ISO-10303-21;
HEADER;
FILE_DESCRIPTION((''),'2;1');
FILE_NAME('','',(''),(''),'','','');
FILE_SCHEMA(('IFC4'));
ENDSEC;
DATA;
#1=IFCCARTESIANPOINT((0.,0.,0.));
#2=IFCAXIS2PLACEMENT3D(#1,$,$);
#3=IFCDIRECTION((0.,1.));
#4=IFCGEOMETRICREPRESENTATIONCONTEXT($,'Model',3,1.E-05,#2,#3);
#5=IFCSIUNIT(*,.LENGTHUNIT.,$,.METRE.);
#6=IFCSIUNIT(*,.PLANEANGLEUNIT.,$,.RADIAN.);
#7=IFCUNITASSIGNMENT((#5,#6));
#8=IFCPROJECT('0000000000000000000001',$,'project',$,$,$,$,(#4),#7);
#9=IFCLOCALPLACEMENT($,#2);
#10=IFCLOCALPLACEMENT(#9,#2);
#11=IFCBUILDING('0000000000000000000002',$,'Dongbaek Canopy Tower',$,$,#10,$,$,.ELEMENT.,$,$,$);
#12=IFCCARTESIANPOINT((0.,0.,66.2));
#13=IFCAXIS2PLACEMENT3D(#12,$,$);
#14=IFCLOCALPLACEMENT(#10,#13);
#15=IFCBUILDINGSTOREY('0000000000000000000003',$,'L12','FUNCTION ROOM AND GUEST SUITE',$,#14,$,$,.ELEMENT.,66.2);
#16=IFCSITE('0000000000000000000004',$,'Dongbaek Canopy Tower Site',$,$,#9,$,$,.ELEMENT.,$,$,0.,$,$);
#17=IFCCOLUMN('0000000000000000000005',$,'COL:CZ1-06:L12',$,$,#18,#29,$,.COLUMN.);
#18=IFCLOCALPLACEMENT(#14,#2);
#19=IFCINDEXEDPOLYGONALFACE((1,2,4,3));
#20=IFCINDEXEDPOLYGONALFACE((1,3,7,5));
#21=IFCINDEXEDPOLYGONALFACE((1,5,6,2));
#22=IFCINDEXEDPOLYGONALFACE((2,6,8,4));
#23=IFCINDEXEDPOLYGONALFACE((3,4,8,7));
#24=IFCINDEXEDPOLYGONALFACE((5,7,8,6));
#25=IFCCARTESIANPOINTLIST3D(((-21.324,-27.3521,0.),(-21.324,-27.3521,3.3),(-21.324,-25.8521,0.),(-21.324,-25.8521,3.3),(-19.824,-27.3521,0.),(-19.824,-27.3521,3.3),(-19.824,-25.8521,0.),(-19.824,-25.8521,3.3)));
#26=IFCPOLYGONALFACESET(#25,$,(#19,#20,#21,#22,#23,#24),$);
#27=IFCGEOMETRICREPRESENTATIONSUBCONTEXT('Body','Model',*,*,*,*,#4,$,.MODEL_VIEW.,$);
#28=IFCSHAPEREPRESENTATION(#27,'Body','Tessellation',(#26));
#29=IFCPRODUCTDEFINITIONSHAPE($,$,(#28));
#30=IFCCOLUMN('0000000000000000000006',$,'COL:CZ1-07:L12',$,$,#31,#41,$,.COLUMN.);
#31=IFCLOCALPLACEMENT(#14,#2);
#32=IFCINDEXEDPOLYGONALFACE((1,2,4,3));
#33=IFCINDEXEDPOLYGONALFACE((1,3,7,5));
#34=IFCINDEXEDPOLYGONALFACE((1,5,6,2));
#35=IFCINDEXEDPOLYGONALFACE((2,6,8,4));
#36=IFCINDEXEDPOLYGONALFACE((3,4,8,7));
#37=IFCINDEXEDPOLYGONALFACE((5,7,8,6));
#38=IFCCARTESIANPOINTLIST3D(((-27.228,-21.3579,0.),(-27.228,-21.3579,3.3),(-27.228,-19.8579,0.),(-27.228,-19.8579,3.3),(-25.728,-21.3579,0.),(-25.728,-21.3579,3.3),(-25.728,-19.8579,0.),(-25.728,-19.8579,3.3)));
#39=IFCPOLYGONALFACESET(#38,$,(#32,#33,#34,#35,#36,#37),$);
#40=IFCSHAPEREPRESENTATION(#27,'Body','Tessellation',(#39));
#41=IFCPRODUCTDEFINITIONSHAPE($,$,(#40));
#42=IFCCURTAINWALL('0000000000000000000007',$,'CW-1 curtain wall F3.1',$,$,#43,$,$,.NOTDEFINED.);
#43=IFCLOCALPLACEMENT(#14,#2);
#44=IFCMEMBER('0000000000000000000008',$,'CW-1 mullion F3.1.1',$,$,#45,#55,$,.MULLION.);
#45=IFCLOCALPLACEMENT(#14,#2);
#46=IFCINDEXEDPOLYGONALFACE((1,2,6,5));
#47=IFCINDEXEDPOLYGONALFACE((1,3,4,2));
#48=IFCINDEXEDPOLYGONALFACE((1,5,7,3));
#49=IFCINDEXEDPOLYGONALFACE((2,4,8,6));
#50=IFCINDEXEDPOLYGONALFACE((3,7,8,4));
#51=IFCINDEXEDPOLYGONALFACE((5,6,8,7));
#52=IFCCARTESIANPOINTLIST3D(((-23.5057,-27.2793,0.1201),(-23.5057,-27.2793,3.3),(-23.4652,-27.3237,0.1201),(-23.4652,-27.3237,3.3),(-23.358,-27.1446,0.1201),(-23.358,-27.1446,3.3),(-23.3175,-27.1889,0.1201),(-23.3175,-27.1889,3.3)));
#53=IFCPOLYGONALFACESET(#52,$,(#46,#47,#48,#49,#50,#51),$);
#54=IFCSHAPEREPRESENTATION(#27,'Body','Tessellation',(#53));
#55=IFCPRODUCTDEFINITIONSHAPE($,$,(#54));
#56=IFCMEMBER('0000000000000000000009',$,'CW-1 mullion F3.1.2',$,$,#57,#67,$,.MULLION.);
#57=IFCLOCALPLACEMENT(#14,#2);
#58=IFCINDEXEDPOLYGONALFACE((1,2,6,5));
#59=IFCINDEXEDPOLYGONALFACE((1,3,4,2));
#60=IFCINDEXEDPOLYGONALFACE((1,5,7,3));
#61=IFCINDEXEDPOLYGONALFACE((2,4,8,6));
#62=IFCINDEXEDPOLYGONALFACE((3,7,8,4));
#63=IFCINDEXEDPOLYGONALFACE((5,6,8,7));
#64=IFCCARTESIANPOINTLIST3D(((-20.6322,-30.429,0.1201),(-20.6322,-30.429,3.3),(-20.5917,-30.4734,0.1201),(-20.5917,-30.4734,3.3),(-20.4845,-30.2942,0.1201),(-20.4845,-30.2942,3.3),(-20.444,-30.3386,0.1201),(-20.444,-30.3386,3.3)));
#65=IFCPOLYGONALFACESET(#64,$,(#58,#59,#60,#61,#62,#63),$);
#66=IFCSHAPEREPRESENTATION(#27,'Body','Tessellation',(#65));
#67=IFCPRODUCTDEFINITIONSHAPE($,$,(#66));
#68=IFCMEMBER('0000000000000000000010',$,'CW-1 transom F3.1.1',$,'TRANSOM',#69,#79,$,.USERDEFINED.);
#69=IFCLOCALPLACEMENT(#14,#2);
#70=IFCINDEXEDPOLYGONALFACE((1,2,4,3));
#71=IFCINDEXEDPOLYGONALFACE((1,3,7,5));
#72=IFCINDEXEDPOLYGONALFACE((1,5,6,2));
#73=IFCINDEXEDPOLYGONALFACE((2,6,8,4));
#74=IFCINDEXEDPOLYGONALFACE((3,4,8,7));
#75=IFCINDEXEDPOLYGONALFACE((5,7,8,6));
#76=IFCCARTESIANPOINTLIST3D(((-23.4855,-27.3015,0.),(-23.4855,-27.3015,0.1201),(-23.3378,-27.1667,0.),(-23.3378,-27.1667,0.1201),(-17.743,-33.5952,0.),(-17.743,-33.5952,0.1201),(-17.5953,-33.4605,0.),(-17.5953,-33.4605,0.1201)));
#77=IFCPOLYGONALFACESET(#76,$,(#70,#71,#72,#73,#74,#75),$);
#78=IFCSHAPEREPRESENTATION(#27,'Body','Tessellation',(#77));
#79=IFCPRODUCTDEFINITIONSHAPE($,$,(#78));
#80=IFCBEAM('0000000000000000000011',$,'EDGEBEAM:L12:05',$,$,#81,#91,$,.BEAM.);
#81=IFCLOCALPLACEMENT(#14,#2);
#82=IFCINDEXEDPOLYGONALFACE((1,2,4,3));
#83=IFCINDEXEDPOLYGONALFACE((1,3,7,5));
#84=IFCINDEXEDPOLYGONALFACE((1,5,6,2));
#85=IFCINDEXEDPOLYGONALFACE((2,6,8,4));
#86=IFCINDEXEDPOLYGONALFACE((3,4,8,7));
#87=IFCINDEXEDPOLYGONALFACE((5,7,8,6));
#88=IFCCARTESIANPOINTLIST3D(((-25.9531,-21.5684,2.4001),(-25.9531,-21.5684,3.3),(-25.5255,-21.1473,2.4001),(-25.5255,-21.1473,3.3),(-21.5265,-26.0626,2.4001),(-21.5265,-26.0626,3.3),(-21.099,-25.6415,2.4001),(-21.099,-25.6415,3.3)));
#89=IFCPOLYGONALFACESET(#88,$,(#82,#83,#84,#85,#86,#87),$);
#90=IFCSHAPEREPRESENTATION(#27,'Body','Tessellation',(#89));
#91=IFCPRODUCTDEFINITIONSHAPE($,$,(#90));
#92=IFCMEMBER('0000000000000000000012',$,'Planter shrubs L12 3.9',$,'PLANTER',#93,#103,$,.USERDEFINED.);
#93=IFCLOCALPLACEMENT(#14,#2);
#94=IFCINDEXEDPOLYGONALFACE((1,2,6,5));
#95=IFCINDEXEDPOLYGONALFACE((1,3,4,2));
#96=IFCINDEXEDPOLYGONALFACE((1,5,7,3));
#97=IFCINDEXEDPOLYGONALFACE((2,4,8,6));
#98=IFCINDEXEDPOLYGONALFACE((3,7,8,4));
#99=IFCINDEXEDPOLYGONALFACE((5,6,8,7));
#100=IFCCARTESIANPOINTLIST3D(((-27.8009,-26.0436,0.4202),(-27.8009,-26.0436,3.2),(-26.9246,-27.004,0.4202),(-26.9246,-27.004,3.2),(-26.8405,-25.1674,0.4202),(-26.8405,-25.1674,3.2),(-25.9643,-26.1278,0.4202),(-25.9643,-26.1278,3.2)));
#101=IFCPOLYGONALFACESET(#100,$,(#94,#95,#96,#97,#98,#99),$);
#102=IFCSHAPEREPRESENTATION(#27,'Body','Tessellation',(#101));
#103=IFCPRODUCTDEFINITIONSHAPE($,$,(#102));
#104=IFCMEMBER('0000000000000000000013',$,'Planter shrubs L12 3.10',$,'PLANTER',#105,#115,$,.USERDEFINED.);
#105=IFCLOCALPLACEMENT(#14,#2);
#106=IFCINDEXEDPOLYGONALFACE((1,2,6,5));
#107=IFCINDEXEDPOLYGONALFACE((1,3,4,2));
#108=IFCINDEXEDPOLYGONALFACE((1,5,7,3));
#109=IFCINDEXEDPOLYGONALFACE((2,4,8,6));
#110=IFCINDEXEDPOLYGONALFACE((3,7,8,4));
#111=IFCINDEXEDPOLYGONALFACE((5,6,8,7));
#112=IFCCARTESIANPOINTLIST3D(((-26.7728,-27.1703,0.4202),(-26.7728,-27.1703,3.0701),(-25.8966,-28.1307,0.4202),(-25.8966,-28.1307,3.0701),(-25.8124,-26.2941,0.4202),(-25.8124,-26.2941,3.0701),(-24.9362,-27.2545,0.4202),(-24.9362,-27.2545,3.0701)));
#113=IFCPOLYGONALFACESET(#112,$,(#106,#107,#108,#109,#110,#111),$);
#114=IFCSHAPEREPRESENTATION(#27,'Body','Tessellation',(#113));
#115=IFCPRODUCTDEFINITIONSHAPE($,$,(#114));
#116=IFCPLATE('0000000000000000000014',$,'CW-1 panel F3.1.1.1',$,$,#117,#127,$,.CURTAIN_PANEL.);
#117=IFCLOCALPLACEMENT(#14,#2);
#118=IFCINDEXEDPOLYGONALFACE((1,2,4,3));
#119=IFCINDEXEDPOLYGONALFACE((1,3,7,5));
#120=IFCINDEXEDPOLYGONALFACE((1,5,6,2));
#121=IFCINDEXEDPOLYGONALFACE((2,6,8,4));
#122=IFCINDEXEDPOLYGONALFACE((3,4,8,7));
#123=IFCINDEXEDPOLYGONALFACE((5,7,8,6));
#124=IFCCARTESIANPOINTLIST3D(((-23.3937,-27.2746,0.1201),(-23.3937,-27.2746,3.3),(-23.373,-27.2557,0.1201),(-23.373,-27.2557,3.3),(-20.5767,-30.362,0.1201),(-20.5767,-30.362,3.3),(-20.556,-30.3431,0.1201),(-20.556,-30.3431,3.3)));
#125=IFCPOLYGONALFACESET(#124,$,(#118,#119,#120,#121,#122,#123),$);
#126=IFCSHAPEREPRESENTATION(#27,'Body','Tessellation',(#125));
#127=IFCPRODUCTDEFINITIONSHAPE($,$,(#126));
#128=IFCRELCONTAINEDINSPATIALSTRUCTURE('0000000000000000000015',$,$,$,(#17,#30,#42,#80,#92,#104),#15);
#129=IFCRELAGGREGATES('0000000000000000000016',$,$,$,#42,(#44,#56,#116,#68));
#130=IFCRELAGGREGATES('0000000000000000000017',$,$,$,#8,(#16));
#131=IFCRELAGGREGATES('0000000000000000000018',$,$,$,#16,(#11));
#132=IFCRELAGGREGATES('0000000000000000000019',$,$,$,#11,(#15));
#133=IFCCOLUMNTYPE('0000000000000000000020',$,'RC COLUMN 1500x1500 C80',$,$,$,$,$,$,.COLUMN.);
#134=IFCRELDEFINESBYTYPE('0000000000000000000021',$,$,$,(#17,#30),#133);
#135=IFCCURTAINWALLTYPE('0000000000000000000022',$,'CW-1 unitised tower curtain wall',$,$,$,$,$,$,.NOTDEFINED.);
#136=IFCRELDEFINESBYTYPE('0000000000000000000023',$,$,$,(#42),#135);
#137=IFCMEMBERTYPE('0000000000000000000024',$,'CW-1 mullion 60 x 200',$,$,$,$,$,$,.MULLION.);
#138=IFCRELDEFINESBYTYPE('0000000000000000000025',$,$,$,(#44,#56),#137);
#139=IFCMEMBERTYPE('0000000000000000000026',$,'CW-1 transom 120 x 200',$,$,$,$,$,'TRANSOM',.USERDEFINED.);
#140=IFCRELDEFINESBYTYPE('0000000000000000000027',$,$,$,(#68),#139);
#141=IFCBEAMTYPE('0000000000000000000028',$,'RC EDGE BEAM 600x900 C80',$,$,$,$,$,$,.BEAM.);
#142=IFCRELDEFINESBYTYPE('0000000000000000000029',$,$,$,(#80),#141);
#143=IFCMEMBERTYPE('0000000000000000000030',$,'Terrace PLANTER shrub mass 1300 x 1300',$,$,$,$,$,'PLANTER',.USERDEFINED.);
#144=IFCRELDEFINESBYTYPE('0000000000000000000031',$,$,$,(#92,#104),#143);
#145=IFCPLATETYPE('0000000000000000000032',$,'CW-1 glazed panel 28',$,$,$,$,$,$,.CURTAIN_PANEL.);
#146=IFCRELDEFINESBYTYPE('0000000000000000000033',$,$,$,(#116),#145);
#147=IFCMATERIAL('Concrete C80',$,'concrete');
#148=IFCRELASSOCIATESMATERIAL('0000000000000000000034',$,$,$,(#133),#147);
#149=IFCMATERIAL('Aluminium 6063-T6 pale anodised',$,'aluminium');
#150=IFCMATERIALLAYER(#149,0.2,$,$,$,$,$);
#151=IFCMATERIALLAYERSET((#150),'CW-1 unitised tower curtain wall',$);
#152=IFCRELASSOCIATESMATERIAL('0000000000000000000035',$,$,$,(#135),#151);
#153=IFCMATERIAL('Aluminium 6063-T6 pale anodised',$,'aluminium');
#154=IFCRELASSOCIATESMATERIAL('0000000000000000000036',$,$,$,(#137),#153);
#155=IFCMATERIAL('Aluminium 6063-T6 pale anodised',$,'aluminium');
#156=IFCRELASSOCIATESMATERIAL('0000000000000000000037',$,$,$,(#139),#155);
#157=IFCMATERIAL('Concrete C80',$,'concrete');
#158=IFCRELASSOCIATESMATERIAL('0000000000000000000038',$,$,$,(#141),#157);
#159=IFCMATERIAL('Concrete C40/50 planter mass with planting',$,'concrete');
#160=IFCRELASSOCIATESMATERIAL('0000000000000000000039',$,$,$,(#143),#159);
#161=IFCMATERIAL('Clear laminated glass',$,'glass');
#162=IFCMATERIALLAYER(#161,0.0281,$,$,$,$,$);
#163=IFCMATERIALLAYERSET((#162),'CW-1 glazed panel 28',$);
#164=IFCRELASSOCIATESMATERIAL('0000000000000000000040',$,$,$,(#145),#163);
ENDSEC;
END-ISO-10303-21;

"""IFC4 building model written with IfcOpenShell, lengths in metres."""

from ifc_helpers import new_model, si_unit, direction, frame, origin, origin_2d, place, context, subcontext, project, spatial, rectangle, extrude, material, layer, layer_set, material_profile, profile_set, type_object, element, aggregate, save


model = new_model("IFC4")

# Units and contexts
model_context = context("Model", 3, precision=1e-05, world=origin(), true_north=direction((0.0, 1.0)))
body_context = subcontext(model_context, "Body", "Model", "MODEL_VIEW")
ifc_project = project(units=[si_unit("LENGTHUNIT", "METRE"), si_unit("PLANEANGLEUNIT", "RADIAN")], contexts=[model_context])

# Site, building, storey
site_placement = place(None, origin())
site = spatial("IfcSite", under=ifc_project, at=site_placement, Name="Dongbaek Canopy Tower Site", CompositionType="ELEMENT", RefElevation=0.0)
building_placement = place(site_placement, origin())
building = spatial("IfcBuilding", under=site, at=building_placement, Name="Dongbaek Canopy Tower", CompositionType="ELEMENT")
storey_placement = place(building_placement, frame((0.0, 0.0, 66.2)))
storey = spatial("IfcBuildingStorey", under=building, at=storey_placement, Name="L12", Description="FUNCTION ROOM AND GUEST SUITE", CompositionType="ELEMENT", Elevation=66.2)

# Columns
ifc_material_1 = material(Name="Concrete C80", Category="concrete")
ifc_material_profile_1 = material_profile(ifc_material_1, rectangle(XDim=1.5, YDim=1.5, at=origin_2d()), Name="RC COLUMN 1500x1500 C80")
ifc_profile_set_1 = profile_set([ifc_material_profile_1], Name="Concrete C80")
column_type = type_object("IfcColumnType", Name="RC COLUMN 1500x1500 C80", PredefinedType="COLUMN", material=ifc_profile_set_1)
for number, where, z_axis, x_axis, name in (
    (1, (-20.574, -26.6021, 0.0), (0.0, 0.0, 1.0), (1.0, 0.0, 0.0), "COL:CZ1-06:L12"),
    (2, (-26.478, -20.6079, 0.0), (0.0, 0.0, 1.0), (1.0, 0.0, 0.0), "COL:CZ1-07:L12"),
):
    element("IfcColumn", number, at=place(storey_placement, frame(where, z_axis=z_axis, x_axis=x_axis)), inside=storey, type_object=column_type, Name=name, PredefinedType="COLUMN", context=body_context, shape_type="SweptSolid", body=[
        extrude(rectangle(XDim=1.5, YDim=1.5, at=origin_2d()), origin(), (0.0, 0.0, 1.0), 3.3),
    ])

# Curtain wall, members
ifc_material_2 = material(Name="Aluminium 6063-T6 pale anodised", Category="aluminium")
ifc_layer_1 = layer(ifc_material_2, 0.2)
ifc_layer_set_1 = layer_set([ifc_layer_1], Name="CW-1 unitised tower curtain wall")
curtain_wall_type = type_object("IfcCurtainWallType", Name="CW-1 unitised tower curtain wall", PredefinedType="NOTDEFINED", material=ifc_layer_set_1)
curtain_wall_placement = place(storey_placement, origin())
curtain_wall = element("IfcCurtainWall", 3, at=curtain_wall_placement, inside=storey, type_object=curtain_wall_type, Name="CW-1 curtain wall F3.1", PredefinedType="NOTDEFINED")
ifc_material_3 = material(Name="Aluminium 6063-T6 pale anodised", Category="aluminium")
ifc_material_profile_2 = material_profile(ifc_material_3, rectangle(XDim=0.2, YDim=0.0601, at=origin_2d()), Name="CW-1 mullion 60 x 200")
ifc_profile_set_2 = profile_set([ifc_material_profile_2], Name="Aluminium 6063-T6 pale anodised")
member_type_1 = type_object("IfcMemberType", Name="CW-1 mullion 60 x 200", PredefinedType="MULLION", material=ifc_profile_set_2)
member_1_placement = place(storey_placement, frame((-23.4116, -27.2341, 0.1201), z_axis=(0.0, 0.0, 1.0), x_axis=(-0.73872, -0.674012, 0.0)))
member_1 = element("IfcMember", 4, at=member_1_placement, type_object=member_type_1, Name="CW-1 mullion F3.1.1", PredefinedType="MULLION", context=body_context, shape_type="SweptSolid", body=[
    extrude(rectangle(XDim=0.2, YDim=0.0601, at=origin_2d()), origin(), (0.0, 0.0, 1.0), 3.1799),
])
member_2_placement = place(storey_placement, frame((-20.5381, -30.3838, 0.1201), z_axis=(0.0, 0.0, 1.0), x_axis=(-0.73872, -0.674012, 0.0)))
member_2 = element("IfcMember", 5, at=member_2_placement, type_object=member_type_1, Name="CW-1 mullion F3.1.2", PredefinedType="MULLION", context=body_context, shape_type="SweptSolid", body=[
    extrude(rectangle(XDim=0.2, YDim=0.0601, at=origin_2d()), origin(), (0.0, 0.0, 1.0), 3.1799),
])
ifc_material_4 = material(Name="Aluminium 6063-T6 pale anodised", Category="aluminium")
ifc_material_profile_3 = material_profile(ifc_material_4, rectangle(XDim=0.2, YDim=0.1201, at=origin_2d()), Name="CW-1 transom 120 x 200")
ifc_profile_set_3 = profile_set([ifc_material_profile_3], Name="Aluminium 6063-T6 pale anodised")
member_type_2 = type_object("IfcMemberType", Name="CW-1 transom 120 x 200", ElementType="TRANSOM", PredefinedType="USERDEFINED", material=ifc_profile_set_3)
member_3_placement = place(storey_placement, frame((-23.4116, -27.2341, 0.0601), z_axis=(0.674014, -0.738719, 0.0), x_axis=(0.738719, 0.674014, 0.0)))
member_3 = element("IfcMember", 6, at=member_3_placement, type_object=member_type_2, Name="CW-1 transom F3.1.1", ObjectType="TRANSOM", PredefinedType="USERDEFINED", context=body_context, shape_type="SweptSolid", body=[
    extrude(rectangle(XDim=0.2, YDim=0.1201, at=origin_2d()), origin(), (0.0, 0.0, 1.0), 8.5198),
])

# Beam
ifc_material_5 = material(Name="Concrete C80", Category="concrete")
ifc_material_profile_4 = material_profile(ifc_material_5, rectangle(XDim=0.6001, YDim=0.8999, at=origin_2d()), Name="RC EDGE BEAM 600x900 C80")
ifc_profile_set_4 = profile_set([ifc_material_profile_4], Name="Concrete C80")
beam_type = type_object("IfcBeamType", Name="RC EDGE BEAM 600x900 C80", PredefinedType="BEAM", material=ifc_profile_set_4)
beam_placement = place(storey_placement, frame((-21.3127, -25.8521, 2.8501), z_axis=(-0.701726, 0.712447, 0.0), x_axis=(-0.712447, -0.701726, 0.0)))
element("IfcBeam", 7, at=beam_placement, inside=storey, type_object=beam_type, Name="EDGEBEAM:L12:05", PredefinedType="BEAM", context=body_context, shape_type="SweptSolid", body=[
    extrude(rectangle(XDim=0.6001, YDim=0.8999, at=origin_2d()), origin(), (0.0, 0.0, 1.0), 6.3081),
])

# Members
ifc_material_6 = material(Name="Concrete C40/50 planter mass with planting", Category="concrete")
ifc_material_profile_5 = material_profile(ifc_material_6, rectangle(XDim=1.3, YDim=1.3, at=origin_2d()), Name="Terrace PLANTER shrub mass 1300 x 1300")
ifc_profile_set_5 = profile_set([ifc_material_profile_5], Name="Concrete C40/50 planter mass with planting")
member_type_3 = type_object("IfcMemberType", Name="Terrace PLANTER shrub mass 1300 x 1300", ElementType="PLANTER", PredefinedType="USERDEFINED", material=ifc_profile_set_5)
member_4_placement = place(storey_placement, frame((-26.8826, -26.0857, 0.4202), z_axis=(0.0, 0.0, 1.0), x_axis=(-0.73872, -0.674012, 0.0)))
element("IfcMember", 8, at=member_4_placement, inside=storey, type_object=member_type_3, Name="Planter shrubs L12 3.9", ObjectType="PLANTER", PredefinedType="USERDEFINED", context=body_context, shape_type="SweptSolid", body=[
    extrude(rectangle(XDim=1.3, YDim=1.3, at=origin_2d()), origin(), (0.0, 0.0, 1.0), 2.7798),
])
member_5_placement = place(storey_placement, frame((-25.8545, -27.2124, 0.4202), z_axis=(0.0, 0.0, 1.0), x_axis=(-0.73872, -0.674012, 0.0)))
element("IfcMember", 9, at=member_5_placement, inside=storey, type_object=member_type_3, Name="Planter shrubs L12 3.10", ObjectType="PLANTER", PredefinedType="USERDEFINED", context=body_context, shape_type="SweptSolid", body=[
    extrude(rectangle(XDim=1.3, YDim=1.3, at=origin_2d()), origin(), (0.0, 0.0, 1.0), 2.6499),
])

# Plate
ifc_material_7 = material(Name="Clear laminated glass", Category="glass")
ifc_layer_2 = layer(ifc_material_7, 0.0281)
ifc_layer_set_2 = layer_set([ifc_layer_2], Name="CW-1 glazed panel 28")
plate_type = type_object("IfcPlateType", Name="CW-1 glazed panel 28", PredefinedType="CURTAIN_PANEL", material=ifc_layer_set_2)
plate_placement = place(storey_placement, frame((-21.9749, -28.8088, 0.1201), z_axis=(0.0, 0.0, 1.0), x_axis=(0.674012, -0.73872, 0.0)))
plate = element("IfcPlate", 10, at=plate_placement, type_object=plate_type, Name="CW-1 panel F3.1.1.1", PredefinedType="CURTAIN_PANEL", context=body_context, shape_type="SweptSolid", body=[
    extrude(rectangle(XDim=4.1794, YDim=0.0281, at=origin_2d()), origin(), (0.0, 0.0, 1.0), 3.1799),
])

aggregate(curtain_wall, [member_1, member_2, plate, member_3])

save(model, "model.ifc")
